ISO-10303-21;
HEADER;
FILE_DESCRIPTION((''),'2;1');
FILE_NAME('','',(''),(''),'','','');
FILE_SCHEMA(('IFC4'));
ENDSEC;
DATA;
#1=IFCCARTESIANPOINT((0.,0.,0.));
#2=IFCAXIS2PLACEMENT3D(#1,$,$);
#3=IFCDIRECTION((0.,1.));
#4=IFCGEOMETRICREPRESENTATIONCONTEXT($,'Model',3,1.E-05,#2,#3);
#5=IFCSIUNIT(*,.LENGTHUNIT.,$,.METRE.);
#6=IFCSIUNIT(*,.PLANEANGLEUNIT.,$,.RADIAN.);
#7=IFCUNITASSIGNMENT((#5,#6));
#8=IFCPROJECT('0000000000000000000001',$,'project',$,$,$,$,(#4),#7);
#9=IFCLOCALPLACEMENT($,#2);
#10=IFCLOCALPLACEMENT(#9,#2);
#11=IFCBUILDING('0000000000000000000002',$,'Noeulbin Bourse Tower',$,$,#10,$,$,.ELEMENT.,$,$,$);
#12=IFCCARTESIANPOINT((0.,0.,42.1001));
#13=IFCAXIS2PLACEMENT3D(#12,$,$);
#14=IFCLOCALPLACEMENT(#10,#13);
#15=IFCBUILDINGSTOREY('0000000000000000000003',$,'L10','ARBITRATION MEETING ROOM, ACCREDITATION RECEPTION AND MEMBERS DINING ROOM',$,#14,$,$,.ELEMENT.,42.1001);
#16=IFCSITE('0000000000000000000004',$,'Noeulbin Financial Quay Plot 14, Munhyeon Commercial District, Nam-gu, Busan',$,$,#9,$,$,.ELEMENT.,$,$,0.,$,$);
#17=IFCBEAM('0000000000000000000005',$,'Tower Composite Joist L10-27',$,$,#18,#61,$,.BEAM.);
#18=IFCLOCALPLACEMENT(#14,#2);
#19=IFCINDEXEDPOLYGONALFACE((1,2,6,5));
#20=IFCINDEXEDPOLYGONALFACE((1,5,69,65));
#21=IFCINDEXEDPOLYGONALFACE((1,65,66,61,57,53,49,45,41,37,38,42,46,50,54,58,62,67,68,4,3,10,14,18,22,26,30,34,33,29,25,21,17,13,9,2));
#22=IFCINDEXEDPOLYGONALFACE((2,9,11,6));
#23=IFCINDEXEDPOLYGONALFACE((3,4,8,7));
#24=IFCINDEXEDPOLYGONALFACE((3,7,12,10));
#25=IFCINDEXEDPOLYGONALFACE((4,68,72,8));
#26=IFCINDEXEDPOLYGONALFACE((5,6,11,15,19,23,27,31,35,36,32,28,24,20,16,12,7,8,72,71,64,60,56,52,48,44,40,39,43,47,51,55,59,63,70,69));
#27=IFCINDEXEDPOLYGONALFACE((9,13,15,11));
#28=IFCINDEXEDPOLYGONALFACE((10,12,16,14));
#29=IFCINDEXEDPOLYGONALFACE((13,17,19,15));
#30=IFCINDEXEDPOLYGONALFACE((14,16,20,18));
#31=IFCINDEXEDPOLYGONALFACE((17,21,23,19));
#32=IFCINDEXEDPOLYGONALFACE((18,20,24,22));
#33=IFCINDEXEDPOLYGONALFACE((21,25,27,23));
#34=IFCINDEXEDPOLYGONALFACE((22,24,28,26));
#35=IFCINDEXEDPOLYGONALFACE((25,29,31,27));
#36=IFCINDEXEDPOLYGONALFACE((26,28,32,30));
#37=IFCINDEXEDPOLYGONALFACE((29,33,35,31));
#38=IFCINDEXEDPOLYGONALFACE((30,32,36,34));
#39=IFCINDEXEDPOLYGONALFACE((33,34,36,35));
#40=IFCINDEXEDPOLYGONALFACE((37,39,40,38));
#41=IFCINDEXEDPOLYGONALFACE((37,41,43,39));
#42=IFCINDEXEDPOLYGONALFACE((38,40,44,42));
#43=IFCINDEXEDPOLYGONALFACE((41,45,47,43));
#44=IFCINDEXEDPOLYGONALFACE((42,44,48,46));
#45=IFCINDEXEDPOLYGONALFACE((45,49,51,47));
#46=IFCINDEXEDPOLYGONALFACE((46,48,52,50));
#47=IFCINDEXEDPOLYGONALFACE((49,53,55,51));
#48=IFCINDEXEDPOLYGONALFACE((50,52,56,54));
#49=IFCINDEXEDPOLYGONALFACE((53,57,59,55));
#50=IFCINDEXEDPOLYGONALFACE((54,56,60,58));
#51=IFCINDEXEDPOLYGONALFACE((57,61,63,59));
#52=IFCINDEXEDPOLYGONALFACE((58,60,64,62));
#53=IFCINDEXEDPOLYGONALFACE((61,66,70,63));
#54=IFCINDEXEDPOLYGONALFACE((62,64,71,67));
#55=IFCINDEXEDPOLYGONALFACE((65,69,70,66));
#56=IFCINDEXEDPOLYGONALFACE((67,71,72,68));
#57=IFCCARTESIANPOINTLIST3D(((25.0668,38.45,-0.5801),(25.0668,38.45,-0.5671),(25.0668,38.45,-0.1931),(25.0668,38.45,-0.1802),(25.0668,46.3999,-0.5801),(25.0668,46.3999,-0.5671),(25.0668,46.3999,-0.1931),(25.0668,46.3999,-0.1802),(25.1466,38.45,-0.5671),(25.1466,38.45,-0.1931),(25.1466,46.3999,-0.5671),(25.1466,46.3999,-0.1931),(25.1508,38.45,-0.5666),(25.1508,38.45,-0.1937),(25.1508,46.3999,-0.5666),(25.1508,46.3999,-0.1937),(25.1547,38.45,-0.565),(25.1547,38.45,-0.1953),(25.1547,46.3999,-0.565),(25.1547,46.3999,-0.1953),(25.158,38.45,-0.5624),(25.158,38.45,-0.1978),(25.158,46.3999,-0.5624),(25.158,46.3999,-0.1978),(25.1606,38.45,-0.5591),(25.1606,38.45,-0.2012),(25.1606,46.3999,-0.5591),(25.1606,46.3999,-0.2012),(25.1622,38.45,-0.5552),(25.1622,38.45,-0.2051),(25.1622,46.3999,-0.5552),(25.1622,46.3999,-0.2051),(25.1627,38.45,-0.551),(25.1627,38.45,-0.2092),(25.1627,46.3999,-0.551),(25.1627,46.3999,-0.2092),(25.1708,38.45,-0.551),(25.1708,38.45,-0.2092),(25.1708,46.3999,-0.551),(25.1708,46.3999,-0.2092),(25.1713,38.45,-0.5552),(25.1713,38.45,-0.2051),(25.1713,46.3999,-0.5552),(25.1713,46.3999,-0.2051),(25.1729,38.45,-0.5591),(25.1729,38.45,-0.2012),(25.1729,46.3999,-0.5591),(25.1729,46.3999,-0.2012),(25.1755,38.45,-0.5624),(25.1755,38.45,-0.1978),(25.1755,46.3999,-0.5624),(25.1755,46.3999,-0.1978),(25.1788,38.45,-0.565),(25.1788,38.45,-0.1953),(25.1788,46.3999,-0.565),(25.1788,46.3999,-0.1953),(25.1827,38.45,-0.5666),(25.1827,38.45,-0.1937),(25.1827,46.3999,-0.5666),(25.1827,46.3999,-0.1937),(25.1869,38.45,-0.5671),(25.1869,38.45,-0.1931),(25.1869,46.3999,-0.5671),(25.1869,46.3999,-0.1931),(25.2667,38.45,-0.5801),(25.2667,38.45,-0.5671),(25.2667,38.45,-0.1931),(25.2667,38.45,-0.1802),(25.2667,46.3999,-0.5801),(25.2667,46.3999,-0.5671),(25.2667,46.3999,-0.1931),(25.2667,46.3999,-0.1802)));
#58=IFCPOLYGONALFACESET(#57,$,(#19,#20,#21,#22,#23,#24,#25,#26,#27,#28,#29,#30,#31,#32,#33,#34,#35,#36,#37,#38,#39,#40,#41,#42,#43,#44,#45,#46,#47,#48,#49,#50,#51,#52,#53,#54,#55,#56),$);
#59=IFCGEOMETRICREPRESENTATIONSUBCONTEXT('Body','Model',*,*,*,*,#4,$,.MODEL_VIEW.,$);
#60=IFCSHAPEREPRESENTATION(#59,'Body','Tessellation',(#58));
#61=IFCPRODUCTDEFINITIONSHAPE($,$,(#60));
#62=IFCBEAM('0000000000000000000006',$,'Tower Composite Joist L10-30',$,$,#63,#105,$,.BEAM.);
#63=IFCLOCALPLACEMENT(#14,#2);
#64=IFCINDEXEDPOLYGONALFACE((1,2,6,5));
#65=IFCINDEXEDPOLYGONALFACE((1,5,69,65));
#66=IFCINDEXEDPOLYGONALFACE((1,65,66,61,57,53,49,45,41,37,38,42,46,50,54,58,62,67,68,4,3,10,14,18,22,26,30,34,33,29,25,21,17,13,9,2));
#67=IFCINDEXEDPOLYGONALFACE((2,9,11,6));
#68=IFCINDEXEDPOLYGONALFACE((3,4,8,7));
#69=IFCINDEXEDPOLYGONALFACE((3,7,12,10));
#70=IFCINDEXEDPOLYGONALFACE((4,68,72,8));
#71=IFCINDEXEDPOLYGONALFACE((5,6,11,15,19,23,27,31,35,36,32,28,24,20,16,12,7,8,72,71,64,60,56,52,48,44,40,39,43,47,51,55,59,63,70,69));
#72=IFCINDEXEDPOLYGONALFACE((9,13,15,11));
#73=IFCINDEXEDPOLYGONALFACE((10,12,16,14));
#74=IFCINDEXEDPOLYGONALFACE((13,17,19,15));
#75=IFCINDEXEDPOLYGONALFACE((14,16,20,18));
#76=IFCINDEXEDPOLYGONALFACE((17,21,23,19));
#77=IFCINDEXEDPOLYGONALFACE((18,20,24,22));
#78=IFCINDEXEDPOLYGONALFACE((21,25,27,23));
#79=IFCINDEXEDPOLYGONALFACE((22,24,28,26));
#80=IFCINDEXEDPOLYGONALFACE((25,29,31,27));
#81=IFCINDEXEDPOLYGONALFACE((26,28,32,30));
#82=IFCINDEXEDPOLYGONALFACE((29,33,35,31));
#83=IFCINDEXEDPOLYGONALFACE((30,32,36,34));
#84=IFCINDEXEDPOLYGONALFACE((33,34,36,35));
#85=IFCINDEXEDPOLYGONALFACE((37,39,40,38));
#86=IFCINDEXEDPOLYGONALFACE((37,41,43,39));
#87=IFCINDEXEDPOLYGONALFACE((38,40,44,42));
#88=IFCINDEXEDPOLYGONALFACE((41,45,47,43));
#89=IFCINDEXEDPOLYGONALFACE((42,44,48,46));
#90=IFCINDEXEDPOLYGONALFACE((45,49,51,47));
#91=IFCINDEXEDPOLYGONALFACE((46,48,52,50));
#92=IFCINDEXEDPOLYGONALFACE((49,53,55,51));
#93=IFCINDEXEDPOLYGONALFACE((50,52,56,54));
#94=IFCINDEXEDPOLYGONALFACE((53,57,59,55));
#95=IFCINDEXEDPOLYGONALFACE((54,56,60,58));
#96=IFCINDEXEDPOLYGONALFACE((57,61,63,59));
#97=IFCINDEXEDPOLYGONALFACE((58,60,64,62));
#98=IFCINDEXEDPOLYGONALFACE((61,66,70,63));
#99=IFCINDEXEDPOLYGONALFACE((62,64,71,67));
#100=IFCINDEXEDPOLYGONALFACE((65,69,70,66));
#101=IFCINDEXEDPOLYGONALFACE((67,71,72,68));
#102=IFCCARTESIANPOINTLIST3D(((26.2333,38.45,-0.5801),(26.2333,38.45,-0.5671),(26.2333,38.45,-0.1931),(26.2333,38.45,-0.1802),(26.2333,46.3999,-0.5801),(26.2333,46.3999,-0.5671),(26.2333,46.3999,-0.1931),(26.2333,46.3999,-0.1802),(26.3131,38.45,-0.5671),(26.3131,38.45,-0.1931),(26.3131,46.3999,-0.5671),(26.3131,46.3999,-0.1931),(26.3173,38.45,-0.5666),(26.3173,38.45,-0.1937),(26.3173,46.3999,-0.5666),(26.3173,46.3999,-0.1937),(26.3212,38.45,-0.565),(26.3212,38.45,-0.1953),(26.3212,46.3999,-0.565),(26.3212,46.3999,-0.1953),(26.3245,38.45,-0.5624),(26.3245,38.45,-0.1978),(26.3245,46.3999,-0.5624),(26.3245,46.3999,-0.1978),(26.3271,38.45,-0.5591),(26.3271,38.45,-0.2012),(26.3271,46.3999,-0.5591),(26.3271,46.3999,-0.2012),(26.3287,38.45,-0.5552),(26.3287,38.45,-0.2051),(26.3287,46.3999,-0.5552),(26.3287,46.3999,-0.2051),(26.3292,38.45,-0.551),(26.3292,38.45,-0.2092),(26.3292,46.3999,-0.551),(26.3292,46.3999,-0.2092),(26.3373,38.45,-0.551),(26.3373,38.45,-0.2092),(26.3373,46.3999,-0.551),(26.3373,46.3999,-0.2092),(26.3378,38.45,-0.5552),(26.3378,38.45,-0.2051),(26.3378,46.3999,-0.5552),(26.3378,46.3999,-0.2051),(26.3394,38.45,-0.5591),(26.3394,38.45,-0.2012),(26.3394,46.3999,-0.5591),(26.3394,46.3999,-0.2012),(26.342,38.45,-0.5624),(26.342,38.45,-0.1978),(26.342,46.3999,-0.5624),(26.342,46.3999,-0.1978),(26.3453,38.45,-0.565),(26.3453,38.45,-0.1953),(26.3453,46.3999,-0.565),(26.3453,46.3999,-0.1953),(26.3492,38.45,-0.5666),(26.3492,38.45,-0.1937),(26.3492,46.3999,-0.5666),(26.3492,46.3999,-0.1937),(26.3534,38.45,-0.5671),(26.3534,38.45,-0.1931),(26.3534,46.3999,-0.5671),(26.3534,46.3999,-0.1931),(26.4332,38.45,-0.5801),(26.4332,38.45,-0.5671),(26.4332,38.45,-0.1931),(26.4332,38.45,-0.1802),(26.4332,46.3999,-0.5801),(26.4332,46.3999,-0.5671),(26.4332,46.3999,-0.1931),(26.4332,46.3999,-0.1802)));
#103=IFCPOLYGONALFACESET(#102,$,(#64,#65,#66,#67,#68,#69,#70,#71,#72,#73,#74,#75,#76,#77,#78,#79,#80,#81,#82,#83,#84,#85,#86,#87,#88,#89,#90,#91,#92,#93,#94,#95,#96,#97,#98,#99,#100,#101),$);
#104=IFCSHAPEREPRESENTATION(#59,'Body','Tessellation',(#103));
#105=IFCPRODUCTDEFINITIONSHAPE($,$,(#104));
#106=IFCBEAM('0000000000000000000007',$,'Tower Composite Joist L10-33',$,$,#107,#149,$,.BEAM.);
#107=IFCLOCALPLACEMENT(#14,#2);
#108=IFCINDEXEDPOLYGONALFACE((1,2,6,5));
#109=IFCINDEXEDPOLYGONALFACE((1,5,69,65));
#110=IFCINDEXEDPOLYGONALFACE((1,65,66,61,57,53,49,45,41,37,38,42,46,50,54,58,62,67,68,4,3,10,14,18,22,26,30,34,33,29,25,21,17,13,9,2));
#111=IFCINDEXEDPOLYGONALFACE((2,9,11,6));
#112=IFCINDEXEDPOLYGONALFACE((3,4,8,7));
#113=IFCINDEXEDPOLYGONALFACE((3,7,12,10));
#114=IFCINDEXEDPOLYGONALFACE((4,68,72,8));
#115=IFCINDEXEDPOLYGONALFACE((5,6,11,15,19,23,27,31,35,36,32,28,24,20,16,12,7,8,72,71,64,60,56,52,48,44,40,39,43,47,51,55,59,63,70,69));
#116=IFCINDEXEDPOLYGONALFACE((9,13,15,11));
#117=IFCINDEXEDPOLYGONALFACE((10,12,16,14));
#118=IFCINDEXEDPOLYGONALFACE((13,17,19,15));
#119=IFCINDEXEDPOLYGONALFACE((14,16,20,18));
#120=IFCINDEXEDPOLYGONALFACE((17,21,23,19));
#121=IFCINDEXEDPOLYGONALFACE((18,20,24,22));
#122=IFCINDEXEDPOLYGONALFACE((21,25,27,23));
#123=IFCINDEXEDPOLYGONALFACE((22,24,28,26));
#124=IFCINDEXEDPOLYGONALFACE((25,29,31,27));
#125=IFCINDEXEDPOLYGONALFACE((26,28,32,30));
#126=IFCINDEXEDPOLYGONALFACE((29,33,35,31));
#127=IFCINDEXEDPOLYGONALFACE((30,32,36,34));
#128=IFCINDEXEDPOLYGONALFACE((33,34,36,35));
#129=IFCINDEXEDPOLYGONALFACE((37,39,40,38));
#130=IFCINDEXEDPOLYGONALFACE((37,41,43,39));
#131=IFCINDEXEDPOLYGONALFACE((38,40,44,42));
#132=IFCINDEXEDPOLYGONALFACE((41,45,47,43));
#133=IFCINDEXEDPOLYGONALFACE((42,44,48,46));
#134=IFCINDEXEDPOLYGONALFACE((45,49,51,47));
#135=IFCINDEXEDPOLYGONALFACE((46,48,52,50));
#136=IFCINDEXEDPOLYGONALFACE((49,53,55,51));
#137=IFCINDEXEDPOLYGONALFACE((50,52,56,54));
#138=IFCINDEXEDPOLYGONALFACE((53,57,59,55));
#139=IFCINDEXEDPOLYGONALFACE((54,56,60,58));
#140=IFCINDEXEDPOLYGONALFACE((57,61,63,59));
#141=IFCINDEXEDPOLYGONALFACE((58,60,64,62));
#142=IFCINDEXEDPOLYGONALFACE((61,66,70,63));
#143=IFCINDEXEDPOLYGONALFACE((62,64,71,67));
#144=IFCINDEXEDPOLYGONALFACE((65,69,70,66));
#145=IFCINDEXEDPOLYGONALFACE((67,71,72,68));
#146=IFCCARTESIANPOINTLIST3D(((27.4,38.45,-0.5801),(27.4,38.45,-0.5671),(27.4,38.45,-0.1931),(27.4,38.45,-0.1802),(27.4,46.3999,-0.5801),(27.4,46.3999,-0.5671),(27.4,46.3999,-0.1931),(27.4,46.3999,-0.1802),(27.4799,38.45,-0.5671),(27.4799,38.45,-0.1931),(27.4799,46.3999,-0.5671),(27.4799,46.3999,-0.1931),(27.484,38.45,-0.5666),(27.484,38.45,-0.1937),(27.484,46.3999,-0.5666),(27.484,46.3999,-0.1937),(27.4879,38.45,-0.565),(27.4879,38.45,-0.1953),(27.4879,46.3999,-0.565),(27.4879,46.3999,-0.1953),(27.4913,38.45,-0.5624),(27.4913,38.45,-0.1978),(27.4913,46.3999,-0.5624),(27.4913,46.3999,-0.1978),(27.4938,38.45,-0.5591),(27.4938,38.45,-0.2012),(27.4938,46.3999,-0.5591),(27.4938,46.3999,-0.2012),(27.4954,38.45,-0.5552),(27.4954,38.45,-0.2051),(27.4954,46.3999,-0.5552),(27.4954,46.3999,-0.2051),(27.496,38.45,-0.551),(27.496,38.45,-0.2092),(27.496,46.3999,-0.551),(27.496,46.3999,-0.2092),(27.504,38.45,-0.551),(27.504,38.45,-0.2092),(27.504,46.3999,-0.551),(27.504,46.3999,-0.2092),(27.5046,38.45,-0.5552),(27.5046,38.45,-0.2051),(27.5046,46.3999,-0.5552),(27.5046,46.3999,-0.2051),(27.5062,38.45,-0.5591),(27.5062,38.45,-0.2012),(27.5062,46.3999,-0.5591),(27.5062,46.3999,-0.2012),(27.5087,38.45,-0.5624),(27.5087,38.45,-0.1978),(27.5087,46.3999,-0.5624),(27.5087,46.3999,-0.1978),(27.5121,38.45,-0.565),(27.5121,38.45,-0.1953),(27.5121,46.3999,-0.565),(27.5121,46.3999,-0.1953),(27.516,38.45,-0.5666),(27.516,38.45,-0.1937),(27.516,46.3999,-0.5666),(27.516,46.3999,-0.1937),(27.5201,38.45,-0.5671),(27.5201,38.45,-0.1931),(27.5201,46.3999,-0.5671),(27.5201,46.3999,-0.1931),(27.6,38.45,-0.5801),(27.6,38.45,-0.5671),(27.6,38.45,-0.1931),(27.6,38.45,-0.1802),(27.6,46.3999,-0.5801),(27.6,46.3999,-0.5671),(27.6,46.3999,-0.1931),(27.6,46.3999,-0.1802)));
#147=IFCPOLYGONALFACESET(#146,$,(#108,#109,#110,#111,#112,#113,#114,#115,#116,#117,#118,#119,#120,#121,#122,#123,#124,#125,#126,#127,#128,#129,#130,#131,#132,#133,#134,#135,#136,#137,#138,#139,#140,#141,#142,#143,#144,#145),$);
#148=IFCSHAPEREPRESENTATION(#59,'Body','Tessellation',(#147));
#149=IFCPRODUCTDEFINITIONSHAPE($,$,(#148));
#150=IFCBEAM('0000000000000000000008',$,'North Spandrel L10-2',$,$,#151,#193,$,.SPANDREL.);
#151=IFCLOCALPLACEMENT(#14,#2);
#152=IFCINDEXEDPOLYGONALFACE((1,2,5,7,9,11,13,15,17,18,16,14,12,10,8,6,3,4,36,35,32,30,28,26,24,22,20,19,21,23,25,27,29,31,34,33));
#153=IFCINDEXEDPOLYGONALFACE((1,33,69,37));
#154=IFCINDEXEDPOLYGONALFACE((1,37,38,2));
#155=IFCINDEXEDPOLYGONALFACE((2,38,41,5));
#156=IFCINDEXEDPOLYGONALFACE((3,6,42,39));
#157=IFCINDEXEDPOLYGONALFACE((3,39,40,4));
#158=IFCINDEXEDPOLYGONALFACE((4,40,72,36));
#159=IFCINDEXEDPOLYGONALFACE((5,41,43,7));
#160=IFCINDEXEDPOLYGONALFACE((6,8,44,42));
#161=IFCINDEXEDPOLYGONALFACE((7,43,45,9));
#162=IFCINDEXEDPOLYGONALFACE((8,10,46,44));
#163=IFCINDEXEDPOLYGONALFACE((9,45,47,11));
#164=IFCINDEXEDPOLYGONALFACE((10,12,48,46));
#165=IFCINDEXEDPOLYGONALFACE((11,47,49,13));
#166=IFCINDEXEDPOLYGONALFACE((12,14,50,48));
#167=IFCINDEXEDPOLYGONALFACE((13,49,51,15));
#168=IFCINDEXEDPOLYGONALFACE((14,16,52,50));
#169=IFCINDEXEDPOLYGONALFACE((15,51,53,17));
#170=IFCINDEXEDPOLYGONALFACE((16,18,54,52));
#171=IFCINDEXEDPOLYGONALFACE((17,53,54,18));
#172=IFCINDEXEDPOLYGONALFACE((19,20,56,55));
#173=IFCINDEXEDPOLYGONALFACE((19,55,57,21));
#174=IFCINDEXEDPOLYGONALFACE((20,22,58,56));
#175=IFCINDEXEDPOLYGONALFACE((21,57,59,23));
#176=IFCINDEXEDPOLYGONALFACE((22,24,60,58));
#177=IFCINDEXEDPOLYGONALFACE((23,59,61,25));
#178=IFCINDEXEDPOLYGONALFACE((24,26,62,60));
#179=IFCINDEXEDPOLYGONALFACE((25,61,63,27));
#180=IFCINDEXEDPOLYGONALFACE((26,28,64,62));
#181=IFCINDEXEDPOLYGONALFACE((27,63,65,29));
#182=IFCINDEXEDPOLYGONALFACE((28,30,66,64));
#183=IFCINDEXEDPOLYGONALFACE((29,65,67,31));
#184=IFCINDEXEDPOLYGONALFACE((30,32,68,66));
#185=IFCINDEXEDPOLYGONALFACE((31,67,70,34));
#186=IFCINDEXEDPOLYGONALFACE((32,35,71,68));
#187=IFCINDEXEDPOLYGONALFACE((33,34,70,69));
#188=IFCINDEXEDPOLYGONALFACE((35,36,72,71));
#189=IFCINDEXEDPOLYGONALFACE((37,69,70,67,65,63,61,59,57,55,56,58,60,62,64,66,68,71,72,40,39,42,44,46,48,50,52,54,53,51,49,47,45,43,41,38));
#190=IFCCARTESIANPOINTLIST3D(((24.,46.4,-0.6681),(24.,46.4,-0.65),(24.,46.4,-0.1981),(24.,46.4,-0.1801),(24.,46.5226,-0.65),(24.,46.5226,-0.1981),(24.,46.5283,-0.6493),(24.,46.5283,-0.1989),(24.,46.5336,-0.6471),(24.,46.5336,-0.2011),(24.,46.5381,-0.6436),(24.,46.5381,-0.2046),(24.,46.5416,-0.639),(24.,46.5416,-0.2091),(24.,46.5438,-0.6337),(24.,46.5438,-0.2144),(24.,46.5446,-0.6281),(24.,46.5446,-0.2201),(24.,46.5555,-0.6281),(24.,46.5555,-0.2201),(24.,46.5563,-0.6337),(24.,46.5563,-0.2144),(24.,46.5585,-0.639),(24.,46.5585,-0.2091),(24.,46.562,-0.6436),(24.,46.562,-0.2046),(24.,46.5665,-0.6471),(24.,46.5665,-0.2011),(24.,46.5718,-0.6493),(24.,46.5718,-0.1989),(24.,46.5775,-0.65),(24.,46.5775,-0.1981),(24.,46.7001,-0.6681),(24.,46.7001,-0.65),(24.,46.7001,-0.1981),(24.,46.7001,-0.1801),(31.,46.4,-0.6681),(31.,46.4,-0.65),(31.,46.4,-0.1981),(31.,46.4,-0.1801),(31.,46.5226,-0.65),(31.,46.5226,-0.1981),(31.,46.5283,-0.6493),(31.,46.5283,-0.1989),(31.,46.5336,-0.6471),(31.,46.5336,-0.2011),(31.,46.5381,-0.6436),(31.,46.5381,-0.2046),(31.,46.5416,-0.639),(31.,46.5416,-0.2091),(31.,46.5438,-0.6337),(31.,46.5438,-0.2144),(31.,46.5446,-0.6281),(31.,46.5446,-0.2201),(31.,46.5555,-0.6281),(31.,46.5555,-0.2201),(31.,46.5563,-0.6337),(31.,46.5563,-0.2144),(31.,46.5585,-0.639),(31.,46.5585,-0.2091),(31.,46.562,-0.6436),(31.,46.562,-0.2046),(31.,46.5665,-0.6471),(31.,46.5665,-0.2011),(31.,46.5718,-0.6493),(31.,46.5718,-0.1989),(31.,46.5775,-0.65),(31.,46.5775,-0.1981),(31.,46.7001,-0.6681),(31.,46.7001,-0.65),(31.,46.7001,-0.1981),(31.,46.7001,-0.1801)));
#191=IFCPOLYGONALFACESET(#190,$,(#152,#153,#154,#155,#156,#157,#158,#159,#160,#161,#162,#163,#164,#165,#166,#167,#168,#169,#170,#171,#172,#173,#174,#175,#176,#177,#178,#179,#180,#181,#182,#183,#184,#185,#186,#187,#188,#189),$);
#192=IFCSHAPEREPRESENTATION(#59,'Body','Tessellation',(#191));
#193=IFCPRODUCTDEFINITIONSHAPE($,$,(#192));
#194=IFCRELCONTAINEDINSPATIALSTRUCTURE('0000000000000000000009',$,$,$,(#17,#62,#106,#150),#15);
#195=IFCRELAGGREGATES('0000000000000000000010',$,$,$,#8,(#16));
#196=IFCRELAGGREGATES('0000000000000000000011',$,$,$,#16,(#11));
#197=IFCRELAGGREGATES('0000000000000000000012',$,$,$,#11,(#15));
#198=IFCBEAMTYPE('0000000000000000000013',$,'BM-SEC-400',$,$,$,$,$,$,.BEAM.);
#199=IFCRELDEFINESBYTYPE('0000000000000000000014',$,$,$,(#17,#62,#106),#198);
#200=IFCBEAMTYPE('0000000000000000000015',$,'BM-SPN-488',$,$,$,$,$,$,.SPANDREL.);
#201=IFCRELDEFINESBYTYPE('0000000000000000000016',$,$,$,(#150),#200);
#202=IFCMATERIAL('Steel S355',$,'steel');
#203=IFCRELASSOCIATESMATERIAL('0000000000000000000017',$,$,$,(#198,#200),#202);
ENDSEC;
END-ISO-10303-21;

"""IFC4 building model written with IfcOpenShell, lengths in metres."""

from ifc_helpers import new_model, si_unit, direction, frame, origin, origin_2d, place, context, subcontext, project, spatial, i_section, extrude, material, material_profile, profile_set, type_object, element, save


model = new_model("IFC4")

# Units and contexts
model_context = context("Model", 3, precision=1e-05, world=origin(), true_north=direction((0.0, 1.0)))
body_context = subcontext(model_context, "Body", "Model", "MODEL_VIEW")
ifc_project = project(units=[si_unit("LENGTHUNIT", "METRE"), si_unit("PLANEANGLEUNIT", "RADIAN")], contexts=[model_context])

# Site, building, storey
site_placement = place(None, origin())
site = spatial("IfcSite", under=ifc_project, at=site_placement, Name="Noeulbin Financial Quay Plot 14, Munhyeon Commercial District, Nam-gu, Busan", CompositionType="ELEMENT", RefElevation=0.0)
building_placement = place(site_placement, origin())
building = spatial("IfcBuilding", under=site, at=building_placement, Name="Noeulbin Bourse Tower", CompositionType="ELEMENT")
storey_placement = place(building_placement, frame((0.0, 0.0, 42.1001)))
storey = spatial("IfcBuildingStorey", under=building, at=storey_placement, Name="L10", Description="ARBITRATION MEETING ROOM, ACCREDITATION RECEPTION AND MEMBERS DINING ROOM", CompositionType="ELEMENT", Elevation=42.1001)

# Beams
ifc_material_1 = material(Name="Steel S355", Category="steel")
ifc_material_profile_1 = material_profile(ifc_material_1, i_section(OverallWidth=0.2, OverallDepth=0.3999, WebThickness=0.0081, FlangeThickness=0.0129, FilletRadius=0.0161, at=origin_2d()), Name="H-400x200x8x13", Category="LoadBearing")
ifc_profile_set_1 = profile_set([ifc_material_profile_1], Name="Steel S355")
beam_type_1 = type_object("IfcBeamType", Name="BM-SEC-400", PredefinedType="BEAM", material=ifc_profile_set_1)
for number, where, z_axis, x_axis, name in (
    (1, (25.1667, 38.45, -0.3801), (0.0, 1.0, 0.0), (-1.0, 0.0, 0.0), "Tower Composite Joist L10-27"),
    (2, (26.3333, 38.45, -0.3801), (0.0, 1.0, 0.0), (-1.0, 0.0, 0.0), "Tower Composite Joist L10-30"),
    (3, (27.5, 38.45, -0.3801), (0.0, 1.0, 0.0), (-1.0, 0.0, 0.0), "Tower Composite Joist L10-33"),
):
    element("IfcBeam", number, at=place(storey_placement, frame(where, z_axis=z_axis, x_axis=x_axis)), inside=storey, type_object=beam_type_1, Name=name, PredefinedType="BEAM", context=body_context, shape_type="SweptSolid", body=[
        extrude(i_section(OverallWidth=0.2, OverallDepth=0.3999, WebThickness=0.0081, FlangeThickness=0.0129, FilletRadius=0.0161, at=origin_2d()), origin(), (0.0, 0.0, 1.0), 7.95),
    ])
ifc_material_profile_2 = material_profile(ifc_material_1, i_section(OverallWidth=0.3, OverallDepth=0.488, WebThickness=0.011, FlangeThickness=0.0181, FilletRadius=0.022, at=origin_2d()), Name="H-488x300x11x18", Category="LoadBearing")
ifc_profile_set_2 = profile_set([ifc_material_profile_2], Name="Steel S355")
beam_type_2 = type_object("IfcBeamType", Name="BM-SPN-488", PredefinedType="SPANDREL", material=ifc_profile_set_2)
beam_1_placement = place(storey_placement, frame((24.0, 46.55, -0.4241), z_axis=(1.0, 0.0, 0.0), x_axis=(0.0, 1.0, 0.0)))
element("IfcBeam", 4, at=beam_1_placement, inside=storey, type_object=beam_type_2, Name="North Spandrel L10-2", PredefinedType="SPANDREL", context=body_context, shape_type="SweptSolid", body=[
    extrude(i_section(OverallWidth=0.3, OverallDepth=0.488, WebThickness=0.011, FlangeThickness=0.0181, FilletRadius=0.022, at=origin_2d()), origin(), (0.0, 0.0, 1.0), 7.0),
])

save(model, "model.ifc")
